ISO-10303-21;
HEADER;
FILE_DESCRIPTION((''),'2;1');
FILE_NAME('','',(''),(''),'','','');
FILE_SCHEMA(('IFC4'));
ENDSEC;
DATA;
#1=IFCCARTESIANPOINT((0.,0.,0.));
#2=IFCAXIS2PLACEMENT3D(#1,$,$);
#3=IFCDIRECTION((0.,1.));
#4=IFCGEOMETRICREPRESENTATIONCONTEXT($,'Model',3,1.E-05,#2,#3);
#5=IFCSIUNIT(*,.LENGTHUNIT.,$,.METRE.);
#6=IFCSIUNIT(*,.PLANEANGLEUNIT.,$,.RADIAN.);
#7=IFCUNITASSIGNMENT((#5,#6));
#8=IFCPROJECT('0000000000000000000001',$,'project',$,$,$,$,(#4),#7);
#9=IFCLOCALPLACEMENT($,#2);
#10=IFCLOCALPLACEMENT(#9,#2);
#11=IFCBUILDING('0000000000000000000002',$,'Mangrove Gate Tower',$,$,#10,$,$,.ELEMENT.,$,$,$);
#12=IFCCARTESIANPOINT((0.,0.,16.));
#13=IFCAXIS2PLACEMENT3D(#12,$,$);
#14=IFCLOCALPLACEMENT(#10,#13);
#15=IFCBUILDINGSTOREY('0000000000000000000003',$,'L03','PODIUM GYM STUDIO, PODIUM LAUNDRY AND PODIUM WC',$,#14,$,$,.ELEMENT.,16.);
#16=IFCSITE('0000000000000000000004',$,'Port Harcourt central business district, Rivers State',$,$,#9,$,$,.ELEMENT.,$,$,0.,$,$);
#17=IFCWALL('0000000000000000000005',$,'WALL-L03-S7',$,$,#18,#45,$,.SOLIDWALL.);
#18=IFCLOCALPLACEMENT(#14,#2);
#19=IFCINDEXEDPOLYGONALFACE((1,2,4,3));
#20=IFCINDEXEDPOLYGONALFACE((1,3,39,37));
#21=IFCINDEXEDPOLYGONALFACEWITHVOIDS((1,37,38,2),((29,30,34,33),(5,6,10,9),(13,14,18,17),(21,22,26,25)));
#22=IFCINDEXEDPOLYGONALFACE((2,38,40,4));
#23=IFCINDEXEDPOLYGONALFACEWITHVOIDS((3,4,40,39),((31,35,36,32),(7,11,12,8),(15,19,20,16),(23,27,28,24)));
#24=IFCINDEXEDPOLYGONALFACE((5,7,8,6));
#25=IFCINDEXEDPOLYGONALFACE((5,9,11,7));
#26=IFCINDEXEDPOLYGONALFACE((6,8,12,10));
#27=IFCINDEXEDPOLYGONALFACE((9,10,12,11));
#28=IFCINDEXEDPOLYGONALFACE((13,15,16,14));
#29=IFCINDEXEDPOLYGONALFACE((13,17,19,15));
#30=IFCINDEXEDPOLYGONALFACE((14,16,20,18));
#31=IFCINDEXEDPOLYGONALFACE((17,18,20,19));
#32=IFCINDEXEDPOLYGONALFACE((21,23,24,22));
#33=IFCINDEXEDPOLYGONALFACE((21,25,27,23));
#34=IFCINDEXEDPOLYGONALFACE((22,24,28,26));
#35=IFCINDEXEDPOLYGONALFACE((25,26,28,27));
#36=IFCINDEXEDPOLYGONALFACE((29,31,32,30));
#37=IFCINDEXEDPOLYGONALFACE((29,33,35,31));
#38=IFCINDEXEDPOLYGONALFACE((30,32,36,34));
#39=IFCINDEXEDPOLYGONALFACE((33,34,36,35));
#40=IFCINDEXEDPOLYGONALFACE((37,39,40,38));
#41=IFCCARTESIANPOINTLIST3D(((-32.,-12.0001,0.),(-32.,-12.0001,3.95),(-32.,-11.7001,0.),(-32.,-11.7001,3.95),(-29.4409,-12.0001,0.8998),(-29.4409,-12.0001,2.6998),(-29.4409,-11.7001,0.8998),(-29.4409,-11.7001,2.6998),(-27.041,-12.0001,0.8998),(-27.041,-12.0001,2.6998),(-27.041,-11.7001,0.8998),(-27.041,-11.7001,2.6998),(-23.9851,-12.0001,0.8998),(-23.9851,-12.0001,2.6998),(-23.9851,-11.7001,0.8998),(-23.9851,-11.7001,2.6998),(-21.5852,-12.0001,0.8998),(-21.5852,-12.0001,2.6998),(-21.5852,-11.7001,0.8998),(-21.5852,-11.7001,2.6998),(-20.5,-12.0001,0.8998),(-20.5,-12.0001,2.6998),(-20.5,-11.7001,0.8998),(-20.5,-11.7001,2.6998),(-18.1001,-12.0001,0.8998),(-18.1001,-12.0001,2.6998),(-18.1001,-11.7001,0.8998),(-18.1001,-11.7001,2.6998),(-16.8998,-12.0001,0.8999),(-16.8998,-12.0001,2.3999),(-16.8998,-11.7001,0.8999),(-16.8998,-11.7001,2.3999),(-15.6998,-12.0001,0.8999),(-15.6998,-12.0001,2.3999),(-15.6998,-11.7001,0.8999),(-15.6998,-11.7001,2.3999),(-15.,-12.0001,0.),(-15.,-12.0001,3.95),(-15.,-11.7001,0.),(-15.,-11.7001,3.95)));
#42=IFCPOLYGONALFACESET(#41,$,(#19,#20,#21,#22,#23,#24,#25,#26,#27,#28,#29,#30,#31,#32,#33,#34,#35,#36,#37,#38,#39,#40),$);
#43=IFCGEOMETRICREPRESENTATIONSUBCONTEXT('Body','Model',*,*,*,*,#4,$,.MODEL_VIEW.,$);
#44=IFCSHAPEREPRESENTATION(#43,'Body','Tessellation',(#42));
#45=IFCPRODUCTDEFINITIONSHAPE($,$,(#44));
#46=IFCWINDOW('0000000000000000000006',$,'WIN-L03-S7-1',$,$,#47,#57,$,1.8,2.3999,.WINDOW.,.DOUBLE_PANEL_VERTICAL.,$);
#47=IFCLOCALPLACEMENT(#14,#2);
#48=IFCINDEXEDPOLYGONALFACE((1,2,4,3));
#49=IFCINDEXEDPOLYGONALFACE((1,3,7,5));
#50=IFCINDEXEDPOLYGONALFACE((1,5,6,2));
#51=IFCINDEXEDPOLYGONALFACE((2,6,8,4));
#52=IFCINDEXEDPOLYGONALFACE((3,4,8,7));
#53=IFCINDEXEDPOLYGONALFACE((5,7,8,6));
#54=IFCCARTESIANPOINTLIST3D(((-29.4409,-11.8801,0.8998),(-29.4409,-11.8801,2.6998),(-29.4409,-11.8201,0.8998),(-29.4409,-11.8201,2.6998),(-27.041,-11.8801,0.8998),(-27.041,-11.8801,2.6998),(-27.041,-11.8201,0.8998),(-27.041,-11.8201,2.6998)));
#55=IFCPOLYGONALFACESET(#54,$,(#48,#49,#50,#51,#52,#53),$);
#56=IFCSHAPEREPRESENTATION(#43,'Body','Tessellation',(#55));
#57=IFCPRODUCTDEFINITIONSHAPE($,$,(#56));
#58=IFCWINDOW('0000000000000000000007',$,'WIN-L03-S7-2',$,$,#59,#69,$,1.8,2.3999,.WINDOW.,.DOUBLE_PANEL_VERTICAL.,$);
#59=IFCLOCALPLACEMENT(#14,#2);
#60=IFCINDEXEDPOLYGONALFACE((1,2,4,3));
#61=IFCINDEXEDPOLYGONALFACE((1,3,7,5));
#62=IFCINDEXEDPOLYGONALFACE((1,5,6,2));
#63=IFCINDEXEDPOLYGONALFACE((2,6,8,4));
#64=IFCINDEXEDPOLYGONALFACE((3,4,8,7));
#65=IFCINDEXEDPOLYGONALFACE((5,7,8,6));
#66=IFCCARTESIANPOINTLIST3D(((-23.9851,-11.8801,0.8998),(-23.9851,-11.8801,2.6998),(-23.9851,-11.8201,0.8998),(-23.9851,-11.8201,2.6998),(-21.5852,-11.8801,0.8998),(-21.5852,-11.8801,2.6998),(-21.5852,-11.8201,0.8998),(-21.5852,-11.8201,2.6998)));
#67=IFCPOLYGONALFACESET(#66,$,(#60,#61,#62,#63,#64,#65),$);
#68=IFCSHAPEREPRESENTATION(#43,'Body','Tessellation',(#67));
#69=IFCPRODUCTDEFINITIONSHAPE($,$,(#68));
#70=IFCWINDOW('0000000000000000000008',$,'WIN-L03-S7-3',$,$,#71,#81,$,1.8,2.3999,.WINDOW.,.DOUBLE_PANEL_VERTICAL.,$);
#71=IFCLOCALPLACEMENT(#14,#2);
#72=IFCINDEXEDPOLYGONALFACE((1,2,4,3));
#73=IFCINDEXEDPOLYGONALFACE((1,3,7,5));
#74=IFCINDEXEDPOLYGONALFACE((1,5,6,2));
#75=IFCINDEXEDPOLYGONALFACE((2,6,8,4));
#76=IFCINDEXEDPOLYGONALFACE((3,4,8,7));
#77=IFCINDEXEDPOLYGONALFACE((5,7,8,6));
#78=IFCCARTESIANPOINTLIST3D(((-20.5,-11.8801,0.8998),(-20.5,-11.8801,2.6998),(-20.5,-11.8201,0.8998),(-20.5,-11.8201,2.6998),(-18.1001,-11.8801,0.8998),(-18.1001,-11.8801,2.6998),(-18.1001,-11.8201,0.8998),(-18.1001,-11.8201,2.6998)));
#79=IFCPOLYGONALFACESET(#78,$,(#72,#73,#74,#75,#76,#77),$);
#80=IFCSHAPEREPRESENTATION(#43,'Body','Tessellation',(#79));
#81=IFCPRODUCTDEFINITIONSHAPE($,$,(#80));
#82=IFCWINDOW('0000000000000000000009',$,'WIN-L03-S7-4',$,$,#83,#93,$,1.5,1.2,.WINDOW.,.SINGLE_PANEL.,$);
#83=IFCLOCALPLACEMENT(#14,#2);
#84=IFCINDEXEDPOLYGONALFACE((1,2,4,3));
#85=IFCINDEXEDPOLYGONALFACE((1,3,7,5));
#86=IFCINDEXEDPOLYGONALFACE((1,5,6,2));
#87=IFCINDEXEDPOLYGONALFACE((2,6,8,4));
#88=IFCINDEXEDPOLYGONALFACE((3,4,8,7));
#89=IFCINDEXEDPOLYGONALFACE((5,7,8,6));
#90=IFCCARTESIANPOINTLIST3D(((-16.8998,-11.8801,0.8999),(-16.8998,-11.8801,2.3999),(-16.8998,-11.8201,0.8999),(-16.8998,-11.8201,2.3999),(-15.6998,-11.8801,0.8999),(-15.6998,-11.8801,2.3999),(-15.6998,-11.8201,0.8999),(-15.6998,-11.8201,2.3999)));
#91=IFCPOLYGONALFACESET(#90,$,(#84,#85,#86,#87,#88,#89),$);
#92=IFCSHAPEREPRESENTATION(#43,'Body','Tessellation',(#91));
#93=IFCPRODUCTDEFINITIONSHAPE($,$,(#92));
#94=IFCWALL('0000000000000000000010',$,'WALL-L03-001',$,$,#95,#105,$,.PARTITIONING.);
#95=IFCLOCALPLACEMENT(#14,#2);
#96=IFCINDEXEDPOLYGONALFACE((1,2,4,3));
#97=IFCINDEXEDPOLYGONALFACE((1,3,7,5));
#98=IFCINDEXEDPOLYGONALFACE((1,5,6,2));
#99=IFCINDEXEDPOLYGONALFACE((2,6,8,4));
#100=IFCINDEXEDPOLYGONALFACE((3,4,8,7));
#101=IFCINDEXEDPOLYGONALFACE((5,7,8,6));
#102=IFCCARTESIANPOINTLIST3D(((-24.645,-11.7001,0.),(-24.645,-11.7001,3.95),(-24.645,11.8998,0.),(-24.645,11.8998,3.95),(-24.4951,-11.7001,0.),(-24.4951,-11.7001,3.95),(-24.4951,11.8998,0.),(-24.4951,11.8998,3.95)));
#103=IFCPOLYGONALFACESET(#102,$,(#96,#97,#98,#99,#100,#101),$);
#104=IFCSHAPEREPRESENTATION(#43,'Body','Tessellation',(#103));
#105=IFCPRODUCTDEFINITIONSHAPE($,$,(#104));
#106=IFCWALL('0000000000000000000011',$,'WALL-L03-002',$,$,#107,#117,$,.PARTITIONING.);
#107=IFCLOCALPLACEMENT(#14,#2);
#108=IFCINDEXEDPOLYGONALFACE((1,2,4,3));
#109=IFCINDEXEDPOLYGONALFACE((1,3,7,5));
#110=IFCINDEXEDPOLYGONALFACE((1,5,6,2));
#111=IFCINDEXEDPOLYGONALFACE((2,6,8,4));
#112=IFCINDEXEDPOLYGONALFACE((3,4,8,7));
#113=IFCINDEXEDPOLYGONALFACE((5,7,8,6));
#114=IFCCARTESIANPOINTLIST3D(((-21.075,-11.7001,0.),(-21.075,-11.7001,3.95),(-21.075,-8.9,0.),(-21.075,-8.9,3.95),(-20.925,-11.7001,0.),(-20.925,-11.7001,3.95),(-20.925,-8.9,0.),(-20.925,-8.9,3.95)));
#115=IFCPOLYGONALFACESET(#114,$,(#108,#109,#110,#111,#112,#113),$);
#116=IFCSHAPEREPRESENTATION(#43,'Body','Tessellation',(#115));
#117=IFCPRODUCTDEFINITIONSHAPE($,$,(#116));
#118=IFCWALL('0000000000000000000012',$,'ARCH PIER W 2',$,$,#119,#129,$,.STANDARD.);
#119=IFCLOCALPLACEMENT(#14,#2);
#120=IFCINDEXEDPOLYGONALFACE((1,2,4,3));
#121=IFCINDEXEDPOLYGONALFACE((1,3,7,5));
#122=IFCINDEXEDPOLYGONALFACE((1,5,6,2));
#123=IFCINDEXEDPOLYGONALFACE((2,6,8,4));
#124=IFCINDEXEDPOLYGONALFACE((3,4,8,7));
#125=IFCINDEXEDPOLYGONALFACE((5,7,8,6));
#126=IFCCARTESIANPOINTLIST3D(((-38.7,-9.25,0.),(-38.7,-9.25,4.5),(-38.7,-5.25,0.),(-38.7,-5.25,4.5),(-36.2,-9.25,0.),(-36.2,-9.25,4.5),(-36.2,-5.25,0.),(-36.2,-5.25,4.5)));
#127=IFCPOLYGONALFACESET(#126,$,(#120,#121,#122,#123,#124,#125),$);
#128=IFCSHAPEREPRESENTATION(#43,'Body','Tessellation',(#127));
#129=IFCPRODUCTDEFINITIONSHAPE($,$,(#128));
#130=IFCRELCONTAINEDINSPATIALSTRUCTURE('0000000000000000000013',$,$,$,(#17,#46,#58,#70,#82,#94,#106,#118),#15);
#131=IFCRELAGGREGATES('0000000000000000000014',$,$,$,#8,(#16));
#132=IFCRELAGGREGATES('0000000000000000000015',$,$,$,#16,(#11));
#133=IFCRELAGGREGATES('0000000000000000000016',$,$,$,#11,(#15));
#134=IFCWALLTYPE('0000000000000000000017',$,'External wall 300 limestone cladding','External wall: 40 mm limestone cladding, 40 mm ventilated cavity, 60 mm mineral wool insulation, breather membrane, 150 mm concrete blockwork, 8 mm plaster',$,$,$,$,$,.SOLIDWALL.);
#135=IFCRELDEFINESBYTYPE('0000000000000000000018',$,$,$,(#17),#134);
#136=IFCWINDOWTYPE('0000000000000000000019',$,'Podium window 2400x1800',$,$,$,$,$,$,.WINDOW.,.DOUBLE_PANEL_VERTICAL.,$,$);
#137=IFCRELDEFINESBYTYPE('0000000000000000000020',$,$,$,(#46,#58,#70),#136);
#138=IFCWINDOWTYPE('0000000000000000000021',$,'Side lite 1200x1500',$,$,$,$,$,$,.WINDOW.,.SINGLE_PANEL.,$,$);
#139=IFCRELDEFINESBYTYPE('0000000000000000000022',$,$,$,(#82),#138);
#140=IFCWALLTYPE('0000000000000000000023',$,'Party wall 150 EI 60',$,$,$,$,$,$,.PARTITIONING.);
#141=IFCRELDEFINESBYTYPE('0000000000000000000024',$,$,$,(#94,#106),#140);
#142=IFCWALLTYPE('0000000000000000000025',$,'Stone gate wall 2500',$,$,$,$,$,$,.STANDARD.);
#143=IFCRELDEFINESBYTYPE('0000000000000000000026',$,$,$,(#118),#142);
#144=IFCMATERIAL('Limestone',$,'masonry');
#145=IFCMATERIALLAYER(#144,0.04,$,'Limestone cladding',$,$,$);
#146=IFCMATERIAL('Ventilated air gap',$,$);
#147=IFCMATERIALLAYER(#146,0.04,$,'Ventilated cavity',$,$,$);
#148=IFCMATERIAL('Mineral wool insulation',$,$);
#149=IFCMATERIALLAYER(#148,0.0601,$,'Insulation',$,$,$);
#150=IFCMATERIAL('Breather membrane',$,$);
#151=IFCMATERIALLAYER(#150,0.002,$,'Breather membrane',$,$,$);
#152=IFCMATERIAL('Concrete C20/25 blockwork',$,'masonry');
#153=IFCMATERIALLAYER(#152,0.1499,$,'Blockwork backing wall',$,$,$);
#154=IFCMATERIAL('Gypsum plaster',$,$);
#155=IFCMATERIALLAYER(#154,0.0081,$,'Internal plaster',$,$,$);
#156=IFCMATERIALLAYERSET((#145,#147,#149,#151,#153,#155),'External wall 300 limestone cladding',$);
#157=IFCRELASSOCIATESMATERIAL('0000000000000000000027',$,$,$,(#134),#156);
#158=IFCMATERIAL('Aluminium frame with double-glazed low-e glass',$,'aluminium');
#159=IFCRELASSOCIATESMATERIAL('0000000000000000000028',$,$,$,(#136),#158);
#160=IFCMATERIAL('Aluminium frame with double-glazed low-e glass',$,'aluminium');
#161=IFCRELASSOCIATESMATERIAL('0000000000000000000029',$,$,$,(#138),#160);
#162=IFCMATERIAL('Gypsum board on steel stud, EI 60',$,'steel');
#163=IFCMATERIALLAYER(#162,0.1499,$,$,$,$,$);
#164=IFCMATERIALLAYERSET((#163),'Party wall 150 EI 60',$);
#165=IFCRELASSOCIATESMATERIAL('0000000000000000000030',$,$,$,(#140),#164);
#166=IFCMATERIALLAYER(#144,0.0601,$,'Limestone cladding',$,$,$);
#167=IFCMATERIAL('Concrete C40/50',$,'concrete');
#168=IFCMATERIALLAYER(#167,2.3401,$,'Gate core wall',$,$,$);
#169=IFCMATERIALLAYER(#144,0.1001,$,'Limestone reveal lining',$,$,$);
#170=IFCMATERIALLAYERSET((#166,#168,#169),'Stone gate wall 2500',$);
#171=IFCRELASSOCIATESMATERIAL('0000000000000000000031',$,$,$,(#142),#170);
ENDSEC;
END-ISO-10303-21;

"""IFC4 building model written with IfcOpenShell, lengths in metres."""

from ifc_helpers import new_model, si_unit, direction, frame, frame_2d, origin, place, context, subcontext, project, spatial, rectangle, extrude, material, layer, layer_set, type_object, element, fill, save


model = new_model("IFC4")

# Units and contexts
model_context = context("Model", 3, precision=1e-05, world=origin(), true_north=direction((0.0, 1.0)))
body_context = subcontext(model_context, "Body", "Model", "MODEL_VIEW")
ifc_project = project(units=[si_unit("LENGTHUNIT", "METRE"), si_unit("PLANEANGLEUNIT", "RADIAN")], contexts=[model_context])

# Site, building, storey
site_placement = place(None, origin())
site = spatial("IfcSite", under=ifc_project, at=site_placement, Name="Port Harcourt central business district, Rivers State", CompositionType="ELEMENT", RefElevation=0.0)
building_placement = place(site_placement, origin())
building = spatial("IfcBuilding", under=site, at=building_placement, Name="Mangrove Gate Tower", CompositionType="ELEMENT")
storey_placement = place(building_placement, frame((0.0, 0.0, 16.0)))
storey = spatial("IfcBuildingStorey", under=building, at=storey_placement, Name="L03", Description="PODIUM GYM STUDIO, PODIUM LAUNDRY AND PODIUM WC", CompositionType="ELEMENT", Elevation=16.0)

# Wall, openings, windows
ifc_material_1 = material(Name="Limestone", Category="masonry")
ifc_layer_1 = layer(ifc_material_1, 0.04, Name="Limestone cladding")
ifc_material_2 = material(Name="Ventilated air gap")
ifc_layer_2 = layer(ifc_material_2, 0.04, Name="Ventilated cavity")
ifc_material_3 = material(Name="Mineral wool insulation")
ifc_layer_3 = layer(ifc_material_3, 0.0601, Name="Insulation")
ifc_material_4 = material(Name="Breather membrane")
ifc_layer_4 = layer(ifc_material_4, 0.002, Name="Breather membrane")
ifc_material_5 = material(Name="Concrete C20/25 blockwork", Category="masonry")
ifc_layer_5 = layer(ifc_material_5, 0.1499, Name="Blockwork backing wall")
ifc_material_6 = material(Name="Gypsum plaster")
ifc_layer_6 = layer(ifc_material_6, 0.0081, Name="Internal plaster")
ifc_layer_set_1 = layer_set([ifc_layer_1, ifc_layer_2, ifc_layer_3, ifc_layer_4, ifc_layer_5, ifc_layer_6], Name="External wall 300 limestone cladding")
wall_type_1 = type_object("IfcWallType", Name="External wall 300 limestone cladding", Description="External wall: 40 mm limestone cladding, 40 mm ventilated cavity, 60 mm mineral wool insulation, breather membrane, 150 mm concrete blockwork, 8 mm plaster", PredefinedType="SOLIDWALL", material=ifc_layer_set_1)
wall_1_placement = place(storey_placement, frame((-32.0, -11.8501, 0.0), z_axis=(0.0, 0.0, 1.0), x_axis=(1.0, 0.0, 0.0)))
wall_1 = element("IfcWall", 1, at=wall_1_placement, inside=storey, type_object=wall_type_1, Name="WALL-L03-S7", PredefinedType="SOLIDWALL", context=body_context, shape_type="SweptSolid", body=[
    extrude(rectangle(XDim=17.0, YDim=0.3, at=frame_2d((8.5, 0.0))), origin(), (0.0, 0.0, 1.0), 3.95),
])
opening_1_placement = place(wall_1_placement, frame((2.5591, 0.0, 0.8999)))
opening_1 = element("IfcOpeningElement", 2, at=opening_1_placement, cuts=wall_1, PredefinedType="OPENING", context=body_context, shape_type="SweptSolid", body=[
    extrude(rectangle(XDim=2.3999, YDim=1.8, at=frame_2d((1.2, 0.8999))), frame((0.0, 0.1599, 0.0), z_axis=(0.0, -1.0, 0.0), x_axis=(1.0, 0.0, 0.0)), (0.0, 0.0, 1.0), 0.3201),
])
opening_2_placement = place(wall_1_placement, frame((8.0149, 0.0, 0.8999)))
opening_2 = element("IfcOpeningElement", 3, at=opening_2_placement, cuts=wall_1, PredefinedType="OPENING", context=body_context, shape_type="SweptSolid", body=[
    extrude(rectangle(XDim=2.3999, YDim=1.8, at=frame_2d((1.2, 0.8999))), frame((0.0, 0.1599, 0.0), z_axis=(0.0, -1.0, 0.0), x_axis=(1.0, 0.0, 0.0)), (0.0, 0.0, 1.0), 0.3201),
])
opening_3_placement = place(wall_1_placement, frame((11.5, 0.0, 0.8999)))
opening_3 = element("IfcOpeningElement", 4, at=opening_3_placement, cuts=wall_1, PredefinedType="OPENING", context=body_context, shape_type="SweptSolid", body=[
    extrude(rectangle(XDim=2.3999, YDim=1.8, at=frame_2d((1.2, 0.8999))), frame((0.0, 0.1599, 0.0), z_axis=(0.0, -1.0, 0.0), x_axis=(1.0, 0.0, 0.0)), (0.0, 0.0, 1.0), 0.3201),
])
opening_4_placement = place(wall_1_placement, frame((15.1001, 0.0, 0.8999)))
opening_4 = element("IfcOpeningElement", 5, at=opening_4_placement, cuts=wall_1, PredefinedType="OPENING", context=body_context, shape_type="SweptSolid", body=[
    extrude(rectangle(XDim=1.2, YDim=1.5, at=frame_2d((0.6001, 0.75))), frame((0.0, 0.1599, 0.0), z_axis=(0.0, -1.0, 0.0), x_axis=(1.0, 0.0, 0.0)), (0.0, 0.0, 1.0), 0.3201),
])
ifc_material_7 = material(Name="Aluminium frame with double-glazed low-e glass", Category="aluminium")
window_type_1 = type_object("IfcWindowType", Name="Podium window 2400x1800", PartitioningType="DOUBLE_PANEL_VERTICAL", PredefinedType="WINDOW", material=ifc_material_7)
window_1_placement = place(opening_1_placement, origin())
window_1 = element("IfcWindow", 6, at=window_1_placement, inside=storey, type_object=window_type_1, Name="WIN-L03-S7-1", OverallHeight=1.8, OverallWidth=2.3999, PartitioningType="DOUBLE_PANEL_VERTICAL", PredefinedType="WINDOW", context=body_context, shape_type="SweptSolid", body=[
    extrude(rectangle(XDim=2.3999, YDim=1.8, at=frame_2d((1.2, 0.8999))), frame((0.0, 0.03, 0.0), z_axis=(0.0, -1.0, 0.0), x_axis=(1.0, 0.0, 0.0)), (0.0, 0.0, 1.0), 0.0601),
])
fill(opening_1, window_1)
window_2_placement = place(opening_2_placement, origin())
window_2 = element("IfcWindow", 7, at=window_2_placement, inside=storey, type_object=window_type_1, Name="WIN-L03-S7-2", OverallHeight=1.8, OverallWidth=2.3999, PartitioningType="DOUBLE_PANEL_VERTICAL", PredefinedType="WINDOW", context=body_context, shape_type="SweptSolid", body=[
    extrude(rectangle(XDim=2.3999, YDim=1.8, at=frame_2d((1.2, 0.8999))), frame((0.0, 0.03, 0.0), z_axis=(0.0, -1.0, 0.0), x_axis=(1.0, 0.0, 0.0)), (0.0, 0.0, 1.0), 0.0601),
])
fill(opening_2, window_2)
window_3_placement = place(opening_3_placement, origin())
window_3 = element("IfcWindow", 8, at=window_3_placement, inside=storey, type_object=window_type_1, Name="WIN-L03-S7-3", OverallHeight=1.8, OverallWidth=2.3999, PartitioningType="DOUBLE_PANEL_VERTICAL", PredefinedType="WINDOW", context=body_context, shape_type="SweptSolid", body=[
    extrude(rectangle(XDim=2.3999, YDim=1.8, at=frame_2d((1.2, 0.8999))), frame((0.0, 0.03, 0.0), z_axis=(0.0, -1.0, 0.0), x_axis=(1.0, 0.0, 0.0)), (0.0, 0.0, 1.0), 0.0601),
])
fill(opening_3, window_3)
ifc_material_8 = material(Name="Aluminium frame with double-glazed low-e glass", Category="aluminium")
window_type_2 = type_object("IfcWindowType", Name="Side lite 1200x1500", PartitioningType="SINGLE_PANEL", PredefinedType="WINDOW", material=ifc_material_8)
window_4_placement = place(opening_4_placement, origin())
window_4 = element("IfcWindow", 9, at=window_4_placement, inside=storey, type_object=window_type_2, Name="WIN-L03-S7-4", OverallHeight=1.5, OverallWidth=1.2, PartitioningType="SINGLE_PANEL", PredefinedType="WINDOW", context=body_context, shape_type="SweptSolid", body=[
    extrude(rectangle(XDim=1.2, YDim=1.5, at=frame_2d((0.6001, 0.75))), frame((0.0, 0.03, 0.0), z_axis=(0.0, -1.0, 0.0), x_axis=(1.0, 0.0, 0.0)), (0.0, 0.0, 1.0), 0.0601),
])
fill(opening_4, window_4)

# Walls
ifc_material_9 = material(Name="Gypsum board on steel stud, EI 60", Category="steel")
ifc_layer_7 = layer(ifc_material_9, 0.1499)
ifc_layer_set_2 = layer_set([ifc_layer_7], Name="Party wall 150 EI 60")
wall_type_2 = type_object("IfcWallType", Name="Party wall 150 EI 60", PredefinedType="PARTITIONING", material=ifc_layer_set_2)
wall_2_placement = place(storey_placement, frame((-24.5701, -11.7, 0.0), z_axis=(0.0, 0.0, 1.0), x_axis=(0.0, 1.0, 0.0)))
element("IfcWall", 10, at=wall_2_placement, inside=storey, type_object=wall_type_2, Name="WALL-L03-001", PredefinedType="PARTITIONING", context=body_context, shape_type="SweptSolid", body=[
    extrude(rectangle(XDim=23.5999, YDim=0.1499, at=frame_2d((11.7998, 0.0))), origin(), (0.0, 0.0, 1.0), 3.95),
])
wall_3_placement = place(storey_placement, frame((-21.0, -11.7, 0.0), z_axis=(0.0, 0.0, 1.0), x_axis=(0.0, 1.0, 0.0)))
element("IfcWall", 11, at=wall_3_placement, inside=storey, type_object=wall_type_2, Name="WALL-L03-002", PredefinedType="PARTITIONING", context=body_context, shape_type="SweptSolid", body=[
    extrude(rectangle(XDim=2.8, YDim=0.1499, at=frame_2d((1.3999, 0.0))), origin(), (0.0, 0.0, 1.0), 3.95),
])
ifc_layer_8 = layer(ifc_material_1, 0.0601, Name="Limestone cladding")
ifc_material_10 = material(Name="Concrete C40/50", Category="concrete")
ifc_layer_9 = layer(ifc_material_10, 2.3401, Name="Gate core wall")
ifc_layer_10 = layer(ifc_material_1, 0.1001, Name="Limestone reveal lining")
ifc_layer_set_3 = layer_set([ifc_layer_8, ifc_layer_9, ifc_layer_10], Name="Stone gate wall 2500")
wall_type_3 = type_object("IfcWallType", Name="Stone gate wall 2500", PredefinedType="STANDARD", material=ifc_layer_set_3)
wall_4_placement = place(storey_placement, frame((-37.45, -9.25, 0.0), z_axis=(0.0, 0.0, 1.0), x_axis=(0.0, 1.0, 0.0)))
element("IfcWall", 12, at=wall_4_placement, inside=storey, type_object=wall_type_3, Name="ARCH PIER W 2", PredefinedType="STANDARD", context=body_context, shape_type="SweptSolid", body=[
    extrude(rectangle(XDim=4.0, YDim=2.5, at=frame_2d((2.0, 0.0))), origin(), (0.0, 0.0, 1.0), 4.5),
])

save(model, "model.ifc")
